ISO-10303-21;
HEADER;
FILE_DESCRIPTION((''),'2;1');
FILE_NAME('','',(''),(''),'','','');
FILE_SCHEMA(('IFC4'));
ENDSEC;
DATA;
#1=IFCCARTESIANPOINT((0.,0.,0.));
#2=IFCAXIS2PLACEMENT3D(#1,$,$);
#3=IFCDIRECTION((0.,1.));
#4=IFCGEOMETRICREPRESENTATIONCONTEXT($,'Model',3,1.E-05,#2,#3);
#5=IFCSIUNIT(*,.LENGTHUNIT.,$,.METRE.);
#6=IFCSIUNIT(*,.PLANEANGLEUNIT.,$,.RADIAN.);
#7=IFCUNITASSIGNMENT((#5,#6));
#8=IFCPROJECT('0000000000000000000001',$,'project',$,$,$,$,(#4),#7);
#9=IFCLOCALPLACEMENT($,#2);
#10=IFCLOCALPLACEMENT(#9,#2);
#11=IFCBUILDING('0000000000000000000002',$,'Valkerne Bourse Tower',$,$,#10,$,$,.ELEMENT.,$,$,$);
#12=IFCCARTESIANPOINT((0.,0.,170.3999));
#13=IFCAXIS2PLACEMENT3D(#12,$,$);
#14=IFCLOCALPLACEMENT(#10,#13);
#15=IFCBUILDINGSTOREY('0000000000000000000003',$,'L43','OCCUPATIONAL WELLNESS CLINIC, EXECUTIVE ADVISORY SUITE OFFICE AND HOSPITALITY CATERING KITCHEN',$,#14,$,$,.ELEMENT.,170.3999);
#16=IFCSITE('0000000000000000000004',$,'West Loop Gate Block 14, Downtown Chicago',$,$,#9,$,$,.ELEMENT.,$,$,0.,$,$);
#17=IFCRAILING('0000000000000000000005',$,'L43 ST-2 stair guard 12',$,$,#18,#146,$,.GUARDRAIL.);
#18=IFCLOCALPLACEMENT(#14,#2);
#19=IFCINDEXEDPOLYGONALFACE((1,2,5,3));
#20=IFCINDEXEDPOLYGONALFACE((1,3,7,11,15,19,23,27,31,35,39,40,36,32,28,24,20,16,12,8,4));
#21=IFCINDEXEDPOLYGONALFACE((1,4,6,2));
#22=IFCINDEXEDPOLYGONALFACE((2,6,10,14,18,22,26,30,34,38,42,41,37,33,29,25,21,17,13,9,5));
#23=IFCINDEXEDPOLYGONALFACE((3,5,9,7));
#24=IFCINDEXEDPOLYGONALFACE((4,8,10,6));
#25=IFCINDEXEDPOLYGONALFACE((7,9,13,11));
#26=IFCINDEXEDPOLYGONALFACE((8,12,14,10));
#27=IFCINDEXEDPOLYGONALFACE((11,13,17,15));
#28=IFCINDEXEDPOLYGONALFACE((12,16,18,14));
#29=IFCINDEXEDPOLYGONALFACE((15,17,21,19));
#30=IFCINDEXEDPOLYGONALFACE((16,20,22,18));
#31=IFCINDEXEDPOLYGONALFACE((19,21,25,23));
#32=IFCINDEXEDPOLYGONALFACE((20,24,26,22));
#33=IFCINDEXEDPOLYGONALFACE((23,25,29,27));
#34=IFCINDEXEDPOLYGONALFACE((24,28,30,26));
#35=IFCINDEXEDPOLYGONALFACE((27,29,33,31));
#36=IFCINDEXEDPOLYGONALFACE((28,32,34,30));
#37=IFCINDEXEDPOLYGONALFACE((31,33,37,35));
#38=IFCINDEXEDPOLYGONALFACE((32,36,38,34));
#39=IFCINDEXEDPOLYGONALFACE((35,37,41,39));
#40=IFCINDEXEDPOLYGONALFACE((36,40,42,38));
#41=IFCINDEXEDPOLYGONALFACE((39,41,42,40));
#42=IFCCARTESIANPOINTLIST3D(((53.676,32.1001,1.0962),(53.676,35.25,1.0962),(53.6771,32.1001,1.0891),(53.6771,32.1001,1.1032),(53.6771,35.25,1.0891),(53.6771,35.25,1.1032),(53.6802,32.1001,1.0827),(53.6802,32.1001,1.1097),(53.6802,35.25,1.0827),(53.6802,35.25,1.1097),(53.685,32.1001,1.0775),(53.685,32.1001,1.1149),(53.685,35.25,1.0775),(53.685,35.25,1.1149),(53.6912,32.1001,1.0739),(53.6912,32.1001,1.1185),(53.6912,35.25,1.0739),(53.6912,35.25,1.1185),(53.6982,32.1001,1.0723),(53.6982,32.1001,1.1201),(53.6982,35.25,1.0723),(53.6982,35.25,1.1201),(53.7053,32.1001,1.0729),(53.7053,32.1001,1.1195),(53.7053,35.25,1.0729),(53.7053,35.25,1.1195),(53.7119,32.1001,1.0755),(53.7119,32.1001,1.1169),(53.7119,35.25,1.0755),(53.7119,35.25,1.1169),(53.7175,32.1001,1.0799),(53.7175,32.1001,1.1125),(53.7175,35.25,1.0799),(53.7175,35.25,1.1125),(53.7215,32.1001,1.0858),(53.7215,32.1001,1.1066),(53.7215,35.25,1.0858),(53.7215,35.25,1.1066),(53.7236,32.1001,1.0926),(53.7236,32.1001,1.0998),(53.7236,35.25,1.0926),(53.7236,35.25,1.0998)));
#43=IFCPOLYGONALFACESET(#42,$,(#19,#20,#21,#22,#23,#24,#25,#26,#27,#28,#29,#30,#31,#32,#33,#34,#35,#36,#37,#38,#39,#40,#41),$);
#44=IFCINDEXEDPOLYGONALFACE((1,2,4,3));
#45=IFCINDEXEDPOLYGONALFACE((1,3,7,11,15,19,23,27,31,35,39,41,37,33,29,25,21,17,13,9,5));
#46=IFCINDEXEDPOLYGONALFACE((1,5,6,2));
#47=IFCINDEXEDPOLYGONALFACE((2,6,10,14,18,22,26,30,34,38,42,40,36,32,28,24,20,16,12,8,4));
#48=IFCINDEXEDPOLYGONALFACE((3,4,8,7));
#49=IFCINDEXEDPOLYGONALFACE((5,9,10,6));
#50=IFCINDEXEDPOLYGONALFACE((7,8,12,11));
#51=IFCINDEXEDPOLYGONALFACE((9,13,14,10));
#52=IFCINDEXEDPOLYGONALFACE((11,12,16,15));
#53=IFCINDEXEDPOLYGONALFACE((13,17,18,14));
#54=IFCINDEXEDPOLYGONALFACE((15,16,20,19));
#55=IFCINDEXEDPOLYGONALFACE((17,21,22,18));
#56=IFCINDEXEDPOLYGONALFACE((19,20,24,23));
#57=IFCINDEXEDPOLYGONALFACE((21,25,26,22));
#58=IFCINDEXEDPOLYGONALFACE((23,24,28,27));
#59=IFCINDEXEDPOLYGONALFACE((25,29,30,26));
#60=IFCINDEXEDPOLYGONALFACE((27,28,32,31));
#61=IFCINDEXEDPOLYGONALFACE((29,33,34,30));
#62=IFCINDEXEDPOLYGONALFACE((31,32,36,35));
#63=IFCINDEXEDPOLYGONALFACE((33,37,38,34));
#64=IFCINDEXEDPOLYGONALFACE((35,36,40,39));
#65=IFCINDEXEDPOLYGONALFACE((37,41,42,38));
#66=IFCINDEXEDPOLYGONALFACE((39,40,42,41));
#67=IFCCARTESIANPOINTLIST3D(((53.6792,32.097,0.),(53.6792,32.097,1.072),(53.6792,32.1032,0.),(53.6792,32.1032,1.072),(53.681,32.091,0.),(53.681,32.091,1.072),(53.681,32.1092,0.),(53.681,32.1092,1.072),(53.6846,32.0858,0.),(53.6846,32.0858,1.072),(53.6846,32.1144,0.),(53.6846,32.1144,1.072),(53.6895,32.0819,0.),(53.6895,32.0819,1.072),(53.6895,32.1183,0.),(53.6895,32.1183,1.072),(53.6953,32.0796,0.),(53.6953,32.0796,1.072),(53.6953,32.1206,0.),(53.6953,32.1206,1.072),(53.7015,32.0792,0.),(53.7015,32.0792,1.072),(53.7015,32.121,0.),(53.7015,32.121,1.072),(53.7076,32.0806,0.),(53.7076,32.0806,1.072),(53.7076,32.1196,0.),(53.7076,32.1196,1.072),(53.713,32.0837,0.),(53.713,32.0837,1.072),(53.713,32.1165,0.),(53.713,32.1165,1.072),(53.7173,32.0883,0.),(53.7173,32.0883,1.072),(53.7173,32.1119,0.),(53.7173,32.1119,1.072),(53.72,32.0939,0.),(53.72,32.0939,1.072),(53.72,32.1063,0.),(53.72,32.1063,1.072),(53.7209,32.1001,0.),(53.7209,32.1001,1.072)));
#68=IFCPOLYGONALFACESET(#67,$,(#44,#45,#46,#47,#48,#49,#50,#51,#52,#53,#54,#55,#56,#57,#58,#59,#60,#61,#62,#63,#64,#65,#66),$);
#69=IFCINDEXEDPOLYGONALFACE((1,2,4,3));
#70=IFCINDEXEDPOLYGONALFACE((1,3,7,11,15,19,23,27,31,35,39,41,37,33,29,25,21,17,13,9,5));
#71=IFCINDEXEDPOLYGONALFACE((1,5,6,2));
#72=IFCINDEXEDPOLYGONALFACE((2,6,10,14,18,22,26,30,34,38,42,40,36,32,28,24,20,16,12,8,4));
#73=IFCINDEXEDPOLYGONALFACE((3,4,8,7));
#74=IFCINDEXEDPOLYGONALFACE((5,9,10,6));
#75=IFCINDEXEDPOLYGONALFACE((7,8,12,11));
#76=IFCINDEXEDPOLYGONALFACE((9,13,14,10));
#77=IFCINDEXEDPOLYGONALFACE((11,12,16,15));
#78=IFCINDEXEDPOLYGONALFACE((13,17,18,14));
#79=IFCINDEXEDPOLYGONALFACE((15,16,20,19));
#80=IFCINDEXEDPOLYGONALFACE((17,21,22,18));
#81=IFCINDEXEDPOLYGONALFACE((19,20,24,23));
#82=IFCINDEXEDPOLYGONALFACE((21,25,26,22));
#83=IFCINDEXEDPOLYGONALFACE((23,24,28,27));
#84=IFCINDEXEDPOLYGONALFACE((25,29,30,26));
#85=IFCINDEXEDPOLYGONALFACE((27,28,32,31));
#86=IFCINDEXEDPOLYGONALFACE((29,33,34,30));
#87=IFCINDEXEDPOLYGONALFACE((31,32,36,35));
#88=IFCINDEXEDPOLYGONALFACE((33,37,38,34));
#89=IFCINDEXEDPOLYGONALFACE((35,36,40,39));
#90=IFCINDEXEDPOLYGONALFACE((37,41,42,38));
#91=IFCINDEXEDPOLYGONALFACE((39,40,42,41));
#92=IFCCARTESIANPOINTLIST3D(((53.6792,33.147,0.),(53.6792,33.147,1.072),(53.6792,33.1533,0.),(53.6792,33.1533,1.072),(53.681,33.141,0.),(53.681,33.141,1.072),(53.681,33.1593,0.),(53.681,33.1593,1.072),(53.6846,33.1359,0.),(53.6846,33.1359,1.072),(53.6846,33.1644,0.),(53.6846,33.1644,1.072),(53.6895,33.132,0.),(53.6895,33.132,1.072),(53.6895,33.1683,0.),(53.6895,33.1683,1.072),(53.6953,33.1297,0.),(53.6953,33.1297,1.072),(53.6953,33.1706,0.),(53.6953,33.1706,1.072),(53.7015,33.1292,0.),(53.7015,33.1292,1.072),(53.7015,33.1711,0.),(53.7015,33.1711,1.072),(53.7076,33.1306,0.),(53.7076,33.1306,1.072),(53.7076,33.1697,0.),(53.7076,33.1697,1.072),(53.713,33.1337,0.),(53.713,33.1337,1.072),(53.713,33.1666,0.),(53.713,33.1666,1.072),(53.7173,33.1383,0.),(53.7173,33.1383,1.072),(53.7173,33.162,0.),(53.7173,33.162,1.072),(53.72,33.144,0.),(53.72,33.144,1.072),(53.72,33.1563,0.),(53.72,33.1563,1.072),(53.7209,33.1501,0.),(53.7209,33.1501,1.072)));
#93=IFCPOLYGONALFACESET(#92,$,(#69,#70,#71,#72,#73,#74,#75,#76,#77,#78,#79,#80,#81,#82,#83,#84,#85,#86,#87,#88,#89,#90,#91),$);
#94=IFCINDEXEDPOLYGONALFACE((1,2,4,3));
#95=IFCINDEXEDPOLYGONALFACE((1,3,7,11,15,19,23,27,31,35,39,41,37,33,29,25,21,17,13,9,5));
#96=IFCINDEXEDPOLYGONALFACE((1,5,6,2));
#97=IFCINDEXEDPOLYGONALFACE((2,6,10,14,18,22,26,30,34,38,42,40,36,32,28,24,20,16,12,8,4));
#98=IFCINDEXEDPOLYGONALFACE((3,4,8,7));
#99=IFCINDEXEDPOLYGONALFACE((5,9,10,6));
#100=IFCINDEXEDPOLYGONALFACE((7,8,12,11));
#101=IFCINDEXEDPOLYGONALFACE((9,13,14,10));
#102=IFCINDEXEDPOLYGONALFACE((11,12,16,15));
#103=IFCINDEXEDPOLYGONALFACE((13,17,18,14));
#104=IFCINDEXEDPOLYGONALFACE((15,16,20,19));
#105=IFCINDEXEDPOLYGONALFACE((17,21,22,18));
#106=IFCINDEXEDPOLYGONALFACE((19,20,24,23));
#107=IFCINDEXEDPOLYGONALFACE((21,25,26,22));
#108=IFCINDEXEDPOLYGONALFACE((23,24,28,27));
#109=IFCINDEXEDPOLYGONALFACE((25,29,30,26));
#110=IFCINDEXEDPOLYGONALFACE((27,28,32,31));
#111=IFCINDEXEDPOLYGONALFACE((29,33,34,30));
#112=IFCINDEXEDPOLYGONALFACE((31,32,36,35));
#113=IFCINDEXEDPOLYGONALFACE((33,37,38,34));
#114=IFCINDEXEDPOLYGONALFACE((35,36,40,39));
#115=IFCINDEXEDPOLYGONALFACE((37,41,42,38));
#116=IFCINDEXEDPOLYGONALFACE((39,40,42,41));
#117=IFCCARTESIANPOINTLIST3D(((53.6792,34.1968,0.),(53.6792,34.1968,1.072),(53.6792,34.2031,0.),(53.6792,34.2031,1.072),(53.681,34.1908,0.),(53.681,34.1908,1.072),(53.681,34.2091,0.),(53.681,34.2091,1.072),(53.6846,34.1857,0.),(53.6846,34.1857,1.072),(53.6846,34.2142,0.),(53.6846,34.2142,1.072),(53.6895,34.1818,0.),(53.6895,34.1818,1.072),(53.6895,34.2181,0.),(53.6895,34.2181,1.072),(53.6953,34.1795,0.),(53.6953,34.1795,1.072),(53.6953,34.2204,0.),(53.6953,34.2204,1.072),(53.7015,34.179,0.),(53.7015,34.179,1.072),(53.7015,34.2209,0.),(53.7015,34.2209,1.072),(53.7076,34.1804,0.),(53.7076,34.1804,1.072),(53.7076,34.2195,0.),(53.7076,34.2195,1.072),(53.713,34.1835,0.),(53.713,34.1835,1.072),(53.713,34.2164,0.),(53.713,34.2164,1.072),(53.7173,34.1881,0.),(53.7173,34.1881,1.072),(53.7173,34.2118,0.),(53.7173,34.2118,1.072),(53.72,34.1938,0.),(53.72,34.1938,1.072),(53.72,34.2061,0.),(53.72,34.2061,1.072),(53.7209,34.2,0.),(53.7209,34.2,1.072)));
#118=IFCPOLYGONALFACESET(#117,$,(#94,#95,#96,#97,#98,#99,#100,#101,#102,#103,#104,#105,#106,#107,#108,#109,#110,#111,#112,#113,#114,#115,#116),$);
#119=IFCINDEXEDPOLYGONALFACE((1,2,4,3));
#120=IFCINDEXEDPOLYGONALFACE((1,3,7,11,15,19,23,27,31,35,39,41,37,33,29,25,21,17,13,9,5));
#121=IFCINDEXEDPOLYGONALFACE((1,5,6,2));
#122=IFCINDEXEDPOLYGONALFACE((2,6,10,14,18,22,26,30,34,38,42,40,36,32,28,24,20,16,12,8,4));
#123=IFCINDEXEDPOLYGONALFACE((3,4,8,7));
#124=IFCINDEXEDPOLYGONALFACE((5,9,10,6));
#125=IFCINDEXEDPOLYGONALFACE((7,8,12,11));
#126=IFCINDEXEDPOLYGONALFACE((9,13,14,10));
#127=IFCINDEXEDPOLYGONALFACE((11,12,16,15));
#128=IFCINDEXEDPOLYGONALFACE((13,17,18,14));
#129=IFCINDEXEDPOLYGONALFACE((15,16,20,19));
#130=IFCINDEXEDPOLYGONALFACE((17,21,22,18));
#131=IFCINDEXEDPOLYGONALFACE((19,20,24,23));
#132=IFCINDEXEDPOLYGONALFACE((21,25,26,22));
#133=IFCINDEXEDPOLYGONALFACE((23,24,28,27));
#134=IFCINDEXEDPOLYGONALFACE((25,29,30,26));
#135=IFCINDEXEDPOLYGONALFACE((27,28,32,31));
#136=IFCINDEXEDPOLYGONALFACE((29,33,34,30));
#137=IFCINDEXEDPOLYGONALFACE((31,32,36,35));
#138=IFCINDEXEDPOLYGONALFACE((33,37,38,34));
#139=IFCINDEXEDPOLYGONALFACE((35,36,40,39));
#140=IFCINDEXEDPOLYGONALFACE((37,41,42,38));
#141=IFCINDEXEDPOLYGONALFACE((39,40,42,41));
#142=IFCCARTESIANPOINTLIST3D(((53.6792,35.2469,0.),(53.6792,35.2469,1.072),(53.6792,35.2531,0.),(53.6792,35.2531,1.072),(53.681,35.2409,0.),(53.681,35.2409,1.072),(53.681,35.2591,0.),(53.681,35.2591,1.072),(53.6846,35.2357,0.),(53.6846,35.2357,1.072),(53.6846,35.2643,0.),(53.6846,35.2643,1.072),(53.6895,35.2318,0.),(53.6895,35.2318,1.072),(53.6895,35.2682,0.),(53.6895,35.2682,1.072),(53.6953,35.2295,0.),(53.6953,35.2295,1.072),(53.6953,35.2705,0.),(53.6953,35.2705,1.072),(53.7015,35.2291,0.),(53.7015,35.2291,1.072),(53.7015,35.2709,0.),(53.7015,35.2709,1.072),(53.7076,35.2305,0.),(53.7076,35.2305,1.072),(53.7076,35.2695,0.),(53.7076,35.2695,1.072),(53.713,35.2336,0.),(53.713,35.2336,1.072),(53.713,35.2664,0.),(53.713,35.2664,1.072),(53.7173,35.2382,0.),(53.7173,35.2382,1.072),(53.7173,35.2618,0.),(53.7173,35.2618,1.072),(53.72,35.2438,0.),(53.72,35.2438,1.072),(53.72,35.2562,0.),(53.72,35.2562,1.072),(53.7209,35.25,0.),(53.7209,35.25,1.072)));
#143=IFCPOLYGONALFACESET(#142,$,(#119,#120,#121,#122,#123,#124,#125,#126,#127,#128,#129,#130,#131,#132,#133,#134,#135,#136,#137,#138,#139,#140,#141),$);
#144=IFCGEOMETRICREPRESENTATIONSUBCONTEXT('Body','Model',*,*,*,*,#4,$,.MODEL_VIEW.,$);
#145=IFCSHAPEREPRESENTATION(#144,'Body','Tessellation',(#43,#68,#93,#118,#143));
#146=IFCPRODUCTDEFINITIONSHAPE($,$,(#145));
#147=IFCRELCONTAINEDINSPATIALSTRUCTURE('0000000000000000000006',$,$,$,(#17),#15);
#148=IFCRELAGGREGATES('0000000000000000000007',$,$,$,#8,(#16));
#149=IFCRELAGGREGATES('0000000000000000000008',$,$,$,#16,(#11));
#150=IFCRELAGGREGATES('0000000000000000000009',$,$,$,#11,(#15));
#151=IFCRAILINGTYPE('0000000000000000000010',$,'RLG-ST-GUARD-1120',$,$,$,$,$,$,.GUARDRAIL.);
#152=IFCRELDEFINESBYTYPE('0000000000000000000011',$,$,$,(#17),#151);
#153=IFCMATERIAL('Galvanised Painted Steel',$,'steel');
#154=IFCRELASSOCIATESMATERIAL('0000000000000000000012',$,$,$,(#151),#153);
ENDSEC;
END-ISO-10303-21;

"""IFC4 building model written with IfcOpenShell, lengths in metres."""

from ifc_helpers import new_model, si_unit, direction, frame, origin, origin_2d, place, context, subcontext, project, spatial, circle, extrude, material, type_object, element, save


model = new_model("IFC4")

# Units and contexts
model_context = context("Model", 3, precision=1e-05, world=origin(), true_north=direction((0.0, 1.0)))
body_context = subcontext(model_context, "Body", "Model", "MODEL_VIEW")
ifc_project = project(units=[si_unit("LENGTHUNIT", "METRE"), si_unit("PLANEANGLEUNIT", "RADIAN")], contexts=[model_context])

# Site, building, storey
site_placement = place(None, origin())
site = spatial("IfcSite", under=ifc_project, at=site_placement, Name="West Loop Gate Block 14, Downtown Chicago", CompositionType="ELEMENT", RefElevation=0.0)
building_placement = place(site_placement, origin())
building = spatial("IfcBuilding", under=site, at=building_placement, Name="Valkerne Bourse Tower", CompositionType="ELEMENT")
storey_placement = place(building_placement, frame((0.0, 0.0, 170.3999)))
storey = spatial("IfcBuildingStorey", under=building, at=storey_placement, Name="L43", Description="OCCUPATIONAL WELLNESS CLINIC, EXECUTIVE ADVISORY SUITE OFFICE AND HOSPITALITY CATERING KITCHEN", CompositionType="ELEMENT", Elevation=170.3999)

# Railing
ifc_material_1 = material(Name="Galvanised Painted Steel", Category="steel")
railing_type_1 = type_object("IfcRailingType", Name="RLG-ST-GUARD-1120", PredefinedType="GUARDRAIL", material=ifc_material_1)
railing_1_placement = place(storey_placement, frame((53.7, 32.1001, 0.0)))
element("IfcRailing", 1, at=railing_1_placement, inside=storey, type_object=railing_type_1, Name="L43 ST-2 stair guard 12", PredefinedType="GUARDRAIL", context=body_context, shape_type="SweptSolid", body=[
    extrude(circle(Radius=0.0239, at=origin_2d()), frame((0.0, 0.0, 1.0962), z_axis=(0.0, 1.0, 0.0), x_axis=(-1.0, 0.0, 0.0)), (0.0, 0.0, 1.0), 3.1499),
    extrude(circle(Radius=0.021, at=origin_2d()), origin(), (0.0, 0.0, 1.0), 1.072),
    extrude(circle(Radius=0.021, at=origin_2d()), frame((0.0, 1.05, 0.0)), (0.0, 0.0, 1.0), 1.072),
    extrude(circle(Radius=0.021, at=origin_2d()), frame((0.0, 2.0999, 0.0)), (0.0, 0.0, 1.0), 1.072),
    extrude(circle(Radius=0.021, at=origin_2d()), frame((0.0, 3.1499, 0.0)), (0.0, 0.0, 1.0), 1.072),
])

save(model, "model.ifc")
